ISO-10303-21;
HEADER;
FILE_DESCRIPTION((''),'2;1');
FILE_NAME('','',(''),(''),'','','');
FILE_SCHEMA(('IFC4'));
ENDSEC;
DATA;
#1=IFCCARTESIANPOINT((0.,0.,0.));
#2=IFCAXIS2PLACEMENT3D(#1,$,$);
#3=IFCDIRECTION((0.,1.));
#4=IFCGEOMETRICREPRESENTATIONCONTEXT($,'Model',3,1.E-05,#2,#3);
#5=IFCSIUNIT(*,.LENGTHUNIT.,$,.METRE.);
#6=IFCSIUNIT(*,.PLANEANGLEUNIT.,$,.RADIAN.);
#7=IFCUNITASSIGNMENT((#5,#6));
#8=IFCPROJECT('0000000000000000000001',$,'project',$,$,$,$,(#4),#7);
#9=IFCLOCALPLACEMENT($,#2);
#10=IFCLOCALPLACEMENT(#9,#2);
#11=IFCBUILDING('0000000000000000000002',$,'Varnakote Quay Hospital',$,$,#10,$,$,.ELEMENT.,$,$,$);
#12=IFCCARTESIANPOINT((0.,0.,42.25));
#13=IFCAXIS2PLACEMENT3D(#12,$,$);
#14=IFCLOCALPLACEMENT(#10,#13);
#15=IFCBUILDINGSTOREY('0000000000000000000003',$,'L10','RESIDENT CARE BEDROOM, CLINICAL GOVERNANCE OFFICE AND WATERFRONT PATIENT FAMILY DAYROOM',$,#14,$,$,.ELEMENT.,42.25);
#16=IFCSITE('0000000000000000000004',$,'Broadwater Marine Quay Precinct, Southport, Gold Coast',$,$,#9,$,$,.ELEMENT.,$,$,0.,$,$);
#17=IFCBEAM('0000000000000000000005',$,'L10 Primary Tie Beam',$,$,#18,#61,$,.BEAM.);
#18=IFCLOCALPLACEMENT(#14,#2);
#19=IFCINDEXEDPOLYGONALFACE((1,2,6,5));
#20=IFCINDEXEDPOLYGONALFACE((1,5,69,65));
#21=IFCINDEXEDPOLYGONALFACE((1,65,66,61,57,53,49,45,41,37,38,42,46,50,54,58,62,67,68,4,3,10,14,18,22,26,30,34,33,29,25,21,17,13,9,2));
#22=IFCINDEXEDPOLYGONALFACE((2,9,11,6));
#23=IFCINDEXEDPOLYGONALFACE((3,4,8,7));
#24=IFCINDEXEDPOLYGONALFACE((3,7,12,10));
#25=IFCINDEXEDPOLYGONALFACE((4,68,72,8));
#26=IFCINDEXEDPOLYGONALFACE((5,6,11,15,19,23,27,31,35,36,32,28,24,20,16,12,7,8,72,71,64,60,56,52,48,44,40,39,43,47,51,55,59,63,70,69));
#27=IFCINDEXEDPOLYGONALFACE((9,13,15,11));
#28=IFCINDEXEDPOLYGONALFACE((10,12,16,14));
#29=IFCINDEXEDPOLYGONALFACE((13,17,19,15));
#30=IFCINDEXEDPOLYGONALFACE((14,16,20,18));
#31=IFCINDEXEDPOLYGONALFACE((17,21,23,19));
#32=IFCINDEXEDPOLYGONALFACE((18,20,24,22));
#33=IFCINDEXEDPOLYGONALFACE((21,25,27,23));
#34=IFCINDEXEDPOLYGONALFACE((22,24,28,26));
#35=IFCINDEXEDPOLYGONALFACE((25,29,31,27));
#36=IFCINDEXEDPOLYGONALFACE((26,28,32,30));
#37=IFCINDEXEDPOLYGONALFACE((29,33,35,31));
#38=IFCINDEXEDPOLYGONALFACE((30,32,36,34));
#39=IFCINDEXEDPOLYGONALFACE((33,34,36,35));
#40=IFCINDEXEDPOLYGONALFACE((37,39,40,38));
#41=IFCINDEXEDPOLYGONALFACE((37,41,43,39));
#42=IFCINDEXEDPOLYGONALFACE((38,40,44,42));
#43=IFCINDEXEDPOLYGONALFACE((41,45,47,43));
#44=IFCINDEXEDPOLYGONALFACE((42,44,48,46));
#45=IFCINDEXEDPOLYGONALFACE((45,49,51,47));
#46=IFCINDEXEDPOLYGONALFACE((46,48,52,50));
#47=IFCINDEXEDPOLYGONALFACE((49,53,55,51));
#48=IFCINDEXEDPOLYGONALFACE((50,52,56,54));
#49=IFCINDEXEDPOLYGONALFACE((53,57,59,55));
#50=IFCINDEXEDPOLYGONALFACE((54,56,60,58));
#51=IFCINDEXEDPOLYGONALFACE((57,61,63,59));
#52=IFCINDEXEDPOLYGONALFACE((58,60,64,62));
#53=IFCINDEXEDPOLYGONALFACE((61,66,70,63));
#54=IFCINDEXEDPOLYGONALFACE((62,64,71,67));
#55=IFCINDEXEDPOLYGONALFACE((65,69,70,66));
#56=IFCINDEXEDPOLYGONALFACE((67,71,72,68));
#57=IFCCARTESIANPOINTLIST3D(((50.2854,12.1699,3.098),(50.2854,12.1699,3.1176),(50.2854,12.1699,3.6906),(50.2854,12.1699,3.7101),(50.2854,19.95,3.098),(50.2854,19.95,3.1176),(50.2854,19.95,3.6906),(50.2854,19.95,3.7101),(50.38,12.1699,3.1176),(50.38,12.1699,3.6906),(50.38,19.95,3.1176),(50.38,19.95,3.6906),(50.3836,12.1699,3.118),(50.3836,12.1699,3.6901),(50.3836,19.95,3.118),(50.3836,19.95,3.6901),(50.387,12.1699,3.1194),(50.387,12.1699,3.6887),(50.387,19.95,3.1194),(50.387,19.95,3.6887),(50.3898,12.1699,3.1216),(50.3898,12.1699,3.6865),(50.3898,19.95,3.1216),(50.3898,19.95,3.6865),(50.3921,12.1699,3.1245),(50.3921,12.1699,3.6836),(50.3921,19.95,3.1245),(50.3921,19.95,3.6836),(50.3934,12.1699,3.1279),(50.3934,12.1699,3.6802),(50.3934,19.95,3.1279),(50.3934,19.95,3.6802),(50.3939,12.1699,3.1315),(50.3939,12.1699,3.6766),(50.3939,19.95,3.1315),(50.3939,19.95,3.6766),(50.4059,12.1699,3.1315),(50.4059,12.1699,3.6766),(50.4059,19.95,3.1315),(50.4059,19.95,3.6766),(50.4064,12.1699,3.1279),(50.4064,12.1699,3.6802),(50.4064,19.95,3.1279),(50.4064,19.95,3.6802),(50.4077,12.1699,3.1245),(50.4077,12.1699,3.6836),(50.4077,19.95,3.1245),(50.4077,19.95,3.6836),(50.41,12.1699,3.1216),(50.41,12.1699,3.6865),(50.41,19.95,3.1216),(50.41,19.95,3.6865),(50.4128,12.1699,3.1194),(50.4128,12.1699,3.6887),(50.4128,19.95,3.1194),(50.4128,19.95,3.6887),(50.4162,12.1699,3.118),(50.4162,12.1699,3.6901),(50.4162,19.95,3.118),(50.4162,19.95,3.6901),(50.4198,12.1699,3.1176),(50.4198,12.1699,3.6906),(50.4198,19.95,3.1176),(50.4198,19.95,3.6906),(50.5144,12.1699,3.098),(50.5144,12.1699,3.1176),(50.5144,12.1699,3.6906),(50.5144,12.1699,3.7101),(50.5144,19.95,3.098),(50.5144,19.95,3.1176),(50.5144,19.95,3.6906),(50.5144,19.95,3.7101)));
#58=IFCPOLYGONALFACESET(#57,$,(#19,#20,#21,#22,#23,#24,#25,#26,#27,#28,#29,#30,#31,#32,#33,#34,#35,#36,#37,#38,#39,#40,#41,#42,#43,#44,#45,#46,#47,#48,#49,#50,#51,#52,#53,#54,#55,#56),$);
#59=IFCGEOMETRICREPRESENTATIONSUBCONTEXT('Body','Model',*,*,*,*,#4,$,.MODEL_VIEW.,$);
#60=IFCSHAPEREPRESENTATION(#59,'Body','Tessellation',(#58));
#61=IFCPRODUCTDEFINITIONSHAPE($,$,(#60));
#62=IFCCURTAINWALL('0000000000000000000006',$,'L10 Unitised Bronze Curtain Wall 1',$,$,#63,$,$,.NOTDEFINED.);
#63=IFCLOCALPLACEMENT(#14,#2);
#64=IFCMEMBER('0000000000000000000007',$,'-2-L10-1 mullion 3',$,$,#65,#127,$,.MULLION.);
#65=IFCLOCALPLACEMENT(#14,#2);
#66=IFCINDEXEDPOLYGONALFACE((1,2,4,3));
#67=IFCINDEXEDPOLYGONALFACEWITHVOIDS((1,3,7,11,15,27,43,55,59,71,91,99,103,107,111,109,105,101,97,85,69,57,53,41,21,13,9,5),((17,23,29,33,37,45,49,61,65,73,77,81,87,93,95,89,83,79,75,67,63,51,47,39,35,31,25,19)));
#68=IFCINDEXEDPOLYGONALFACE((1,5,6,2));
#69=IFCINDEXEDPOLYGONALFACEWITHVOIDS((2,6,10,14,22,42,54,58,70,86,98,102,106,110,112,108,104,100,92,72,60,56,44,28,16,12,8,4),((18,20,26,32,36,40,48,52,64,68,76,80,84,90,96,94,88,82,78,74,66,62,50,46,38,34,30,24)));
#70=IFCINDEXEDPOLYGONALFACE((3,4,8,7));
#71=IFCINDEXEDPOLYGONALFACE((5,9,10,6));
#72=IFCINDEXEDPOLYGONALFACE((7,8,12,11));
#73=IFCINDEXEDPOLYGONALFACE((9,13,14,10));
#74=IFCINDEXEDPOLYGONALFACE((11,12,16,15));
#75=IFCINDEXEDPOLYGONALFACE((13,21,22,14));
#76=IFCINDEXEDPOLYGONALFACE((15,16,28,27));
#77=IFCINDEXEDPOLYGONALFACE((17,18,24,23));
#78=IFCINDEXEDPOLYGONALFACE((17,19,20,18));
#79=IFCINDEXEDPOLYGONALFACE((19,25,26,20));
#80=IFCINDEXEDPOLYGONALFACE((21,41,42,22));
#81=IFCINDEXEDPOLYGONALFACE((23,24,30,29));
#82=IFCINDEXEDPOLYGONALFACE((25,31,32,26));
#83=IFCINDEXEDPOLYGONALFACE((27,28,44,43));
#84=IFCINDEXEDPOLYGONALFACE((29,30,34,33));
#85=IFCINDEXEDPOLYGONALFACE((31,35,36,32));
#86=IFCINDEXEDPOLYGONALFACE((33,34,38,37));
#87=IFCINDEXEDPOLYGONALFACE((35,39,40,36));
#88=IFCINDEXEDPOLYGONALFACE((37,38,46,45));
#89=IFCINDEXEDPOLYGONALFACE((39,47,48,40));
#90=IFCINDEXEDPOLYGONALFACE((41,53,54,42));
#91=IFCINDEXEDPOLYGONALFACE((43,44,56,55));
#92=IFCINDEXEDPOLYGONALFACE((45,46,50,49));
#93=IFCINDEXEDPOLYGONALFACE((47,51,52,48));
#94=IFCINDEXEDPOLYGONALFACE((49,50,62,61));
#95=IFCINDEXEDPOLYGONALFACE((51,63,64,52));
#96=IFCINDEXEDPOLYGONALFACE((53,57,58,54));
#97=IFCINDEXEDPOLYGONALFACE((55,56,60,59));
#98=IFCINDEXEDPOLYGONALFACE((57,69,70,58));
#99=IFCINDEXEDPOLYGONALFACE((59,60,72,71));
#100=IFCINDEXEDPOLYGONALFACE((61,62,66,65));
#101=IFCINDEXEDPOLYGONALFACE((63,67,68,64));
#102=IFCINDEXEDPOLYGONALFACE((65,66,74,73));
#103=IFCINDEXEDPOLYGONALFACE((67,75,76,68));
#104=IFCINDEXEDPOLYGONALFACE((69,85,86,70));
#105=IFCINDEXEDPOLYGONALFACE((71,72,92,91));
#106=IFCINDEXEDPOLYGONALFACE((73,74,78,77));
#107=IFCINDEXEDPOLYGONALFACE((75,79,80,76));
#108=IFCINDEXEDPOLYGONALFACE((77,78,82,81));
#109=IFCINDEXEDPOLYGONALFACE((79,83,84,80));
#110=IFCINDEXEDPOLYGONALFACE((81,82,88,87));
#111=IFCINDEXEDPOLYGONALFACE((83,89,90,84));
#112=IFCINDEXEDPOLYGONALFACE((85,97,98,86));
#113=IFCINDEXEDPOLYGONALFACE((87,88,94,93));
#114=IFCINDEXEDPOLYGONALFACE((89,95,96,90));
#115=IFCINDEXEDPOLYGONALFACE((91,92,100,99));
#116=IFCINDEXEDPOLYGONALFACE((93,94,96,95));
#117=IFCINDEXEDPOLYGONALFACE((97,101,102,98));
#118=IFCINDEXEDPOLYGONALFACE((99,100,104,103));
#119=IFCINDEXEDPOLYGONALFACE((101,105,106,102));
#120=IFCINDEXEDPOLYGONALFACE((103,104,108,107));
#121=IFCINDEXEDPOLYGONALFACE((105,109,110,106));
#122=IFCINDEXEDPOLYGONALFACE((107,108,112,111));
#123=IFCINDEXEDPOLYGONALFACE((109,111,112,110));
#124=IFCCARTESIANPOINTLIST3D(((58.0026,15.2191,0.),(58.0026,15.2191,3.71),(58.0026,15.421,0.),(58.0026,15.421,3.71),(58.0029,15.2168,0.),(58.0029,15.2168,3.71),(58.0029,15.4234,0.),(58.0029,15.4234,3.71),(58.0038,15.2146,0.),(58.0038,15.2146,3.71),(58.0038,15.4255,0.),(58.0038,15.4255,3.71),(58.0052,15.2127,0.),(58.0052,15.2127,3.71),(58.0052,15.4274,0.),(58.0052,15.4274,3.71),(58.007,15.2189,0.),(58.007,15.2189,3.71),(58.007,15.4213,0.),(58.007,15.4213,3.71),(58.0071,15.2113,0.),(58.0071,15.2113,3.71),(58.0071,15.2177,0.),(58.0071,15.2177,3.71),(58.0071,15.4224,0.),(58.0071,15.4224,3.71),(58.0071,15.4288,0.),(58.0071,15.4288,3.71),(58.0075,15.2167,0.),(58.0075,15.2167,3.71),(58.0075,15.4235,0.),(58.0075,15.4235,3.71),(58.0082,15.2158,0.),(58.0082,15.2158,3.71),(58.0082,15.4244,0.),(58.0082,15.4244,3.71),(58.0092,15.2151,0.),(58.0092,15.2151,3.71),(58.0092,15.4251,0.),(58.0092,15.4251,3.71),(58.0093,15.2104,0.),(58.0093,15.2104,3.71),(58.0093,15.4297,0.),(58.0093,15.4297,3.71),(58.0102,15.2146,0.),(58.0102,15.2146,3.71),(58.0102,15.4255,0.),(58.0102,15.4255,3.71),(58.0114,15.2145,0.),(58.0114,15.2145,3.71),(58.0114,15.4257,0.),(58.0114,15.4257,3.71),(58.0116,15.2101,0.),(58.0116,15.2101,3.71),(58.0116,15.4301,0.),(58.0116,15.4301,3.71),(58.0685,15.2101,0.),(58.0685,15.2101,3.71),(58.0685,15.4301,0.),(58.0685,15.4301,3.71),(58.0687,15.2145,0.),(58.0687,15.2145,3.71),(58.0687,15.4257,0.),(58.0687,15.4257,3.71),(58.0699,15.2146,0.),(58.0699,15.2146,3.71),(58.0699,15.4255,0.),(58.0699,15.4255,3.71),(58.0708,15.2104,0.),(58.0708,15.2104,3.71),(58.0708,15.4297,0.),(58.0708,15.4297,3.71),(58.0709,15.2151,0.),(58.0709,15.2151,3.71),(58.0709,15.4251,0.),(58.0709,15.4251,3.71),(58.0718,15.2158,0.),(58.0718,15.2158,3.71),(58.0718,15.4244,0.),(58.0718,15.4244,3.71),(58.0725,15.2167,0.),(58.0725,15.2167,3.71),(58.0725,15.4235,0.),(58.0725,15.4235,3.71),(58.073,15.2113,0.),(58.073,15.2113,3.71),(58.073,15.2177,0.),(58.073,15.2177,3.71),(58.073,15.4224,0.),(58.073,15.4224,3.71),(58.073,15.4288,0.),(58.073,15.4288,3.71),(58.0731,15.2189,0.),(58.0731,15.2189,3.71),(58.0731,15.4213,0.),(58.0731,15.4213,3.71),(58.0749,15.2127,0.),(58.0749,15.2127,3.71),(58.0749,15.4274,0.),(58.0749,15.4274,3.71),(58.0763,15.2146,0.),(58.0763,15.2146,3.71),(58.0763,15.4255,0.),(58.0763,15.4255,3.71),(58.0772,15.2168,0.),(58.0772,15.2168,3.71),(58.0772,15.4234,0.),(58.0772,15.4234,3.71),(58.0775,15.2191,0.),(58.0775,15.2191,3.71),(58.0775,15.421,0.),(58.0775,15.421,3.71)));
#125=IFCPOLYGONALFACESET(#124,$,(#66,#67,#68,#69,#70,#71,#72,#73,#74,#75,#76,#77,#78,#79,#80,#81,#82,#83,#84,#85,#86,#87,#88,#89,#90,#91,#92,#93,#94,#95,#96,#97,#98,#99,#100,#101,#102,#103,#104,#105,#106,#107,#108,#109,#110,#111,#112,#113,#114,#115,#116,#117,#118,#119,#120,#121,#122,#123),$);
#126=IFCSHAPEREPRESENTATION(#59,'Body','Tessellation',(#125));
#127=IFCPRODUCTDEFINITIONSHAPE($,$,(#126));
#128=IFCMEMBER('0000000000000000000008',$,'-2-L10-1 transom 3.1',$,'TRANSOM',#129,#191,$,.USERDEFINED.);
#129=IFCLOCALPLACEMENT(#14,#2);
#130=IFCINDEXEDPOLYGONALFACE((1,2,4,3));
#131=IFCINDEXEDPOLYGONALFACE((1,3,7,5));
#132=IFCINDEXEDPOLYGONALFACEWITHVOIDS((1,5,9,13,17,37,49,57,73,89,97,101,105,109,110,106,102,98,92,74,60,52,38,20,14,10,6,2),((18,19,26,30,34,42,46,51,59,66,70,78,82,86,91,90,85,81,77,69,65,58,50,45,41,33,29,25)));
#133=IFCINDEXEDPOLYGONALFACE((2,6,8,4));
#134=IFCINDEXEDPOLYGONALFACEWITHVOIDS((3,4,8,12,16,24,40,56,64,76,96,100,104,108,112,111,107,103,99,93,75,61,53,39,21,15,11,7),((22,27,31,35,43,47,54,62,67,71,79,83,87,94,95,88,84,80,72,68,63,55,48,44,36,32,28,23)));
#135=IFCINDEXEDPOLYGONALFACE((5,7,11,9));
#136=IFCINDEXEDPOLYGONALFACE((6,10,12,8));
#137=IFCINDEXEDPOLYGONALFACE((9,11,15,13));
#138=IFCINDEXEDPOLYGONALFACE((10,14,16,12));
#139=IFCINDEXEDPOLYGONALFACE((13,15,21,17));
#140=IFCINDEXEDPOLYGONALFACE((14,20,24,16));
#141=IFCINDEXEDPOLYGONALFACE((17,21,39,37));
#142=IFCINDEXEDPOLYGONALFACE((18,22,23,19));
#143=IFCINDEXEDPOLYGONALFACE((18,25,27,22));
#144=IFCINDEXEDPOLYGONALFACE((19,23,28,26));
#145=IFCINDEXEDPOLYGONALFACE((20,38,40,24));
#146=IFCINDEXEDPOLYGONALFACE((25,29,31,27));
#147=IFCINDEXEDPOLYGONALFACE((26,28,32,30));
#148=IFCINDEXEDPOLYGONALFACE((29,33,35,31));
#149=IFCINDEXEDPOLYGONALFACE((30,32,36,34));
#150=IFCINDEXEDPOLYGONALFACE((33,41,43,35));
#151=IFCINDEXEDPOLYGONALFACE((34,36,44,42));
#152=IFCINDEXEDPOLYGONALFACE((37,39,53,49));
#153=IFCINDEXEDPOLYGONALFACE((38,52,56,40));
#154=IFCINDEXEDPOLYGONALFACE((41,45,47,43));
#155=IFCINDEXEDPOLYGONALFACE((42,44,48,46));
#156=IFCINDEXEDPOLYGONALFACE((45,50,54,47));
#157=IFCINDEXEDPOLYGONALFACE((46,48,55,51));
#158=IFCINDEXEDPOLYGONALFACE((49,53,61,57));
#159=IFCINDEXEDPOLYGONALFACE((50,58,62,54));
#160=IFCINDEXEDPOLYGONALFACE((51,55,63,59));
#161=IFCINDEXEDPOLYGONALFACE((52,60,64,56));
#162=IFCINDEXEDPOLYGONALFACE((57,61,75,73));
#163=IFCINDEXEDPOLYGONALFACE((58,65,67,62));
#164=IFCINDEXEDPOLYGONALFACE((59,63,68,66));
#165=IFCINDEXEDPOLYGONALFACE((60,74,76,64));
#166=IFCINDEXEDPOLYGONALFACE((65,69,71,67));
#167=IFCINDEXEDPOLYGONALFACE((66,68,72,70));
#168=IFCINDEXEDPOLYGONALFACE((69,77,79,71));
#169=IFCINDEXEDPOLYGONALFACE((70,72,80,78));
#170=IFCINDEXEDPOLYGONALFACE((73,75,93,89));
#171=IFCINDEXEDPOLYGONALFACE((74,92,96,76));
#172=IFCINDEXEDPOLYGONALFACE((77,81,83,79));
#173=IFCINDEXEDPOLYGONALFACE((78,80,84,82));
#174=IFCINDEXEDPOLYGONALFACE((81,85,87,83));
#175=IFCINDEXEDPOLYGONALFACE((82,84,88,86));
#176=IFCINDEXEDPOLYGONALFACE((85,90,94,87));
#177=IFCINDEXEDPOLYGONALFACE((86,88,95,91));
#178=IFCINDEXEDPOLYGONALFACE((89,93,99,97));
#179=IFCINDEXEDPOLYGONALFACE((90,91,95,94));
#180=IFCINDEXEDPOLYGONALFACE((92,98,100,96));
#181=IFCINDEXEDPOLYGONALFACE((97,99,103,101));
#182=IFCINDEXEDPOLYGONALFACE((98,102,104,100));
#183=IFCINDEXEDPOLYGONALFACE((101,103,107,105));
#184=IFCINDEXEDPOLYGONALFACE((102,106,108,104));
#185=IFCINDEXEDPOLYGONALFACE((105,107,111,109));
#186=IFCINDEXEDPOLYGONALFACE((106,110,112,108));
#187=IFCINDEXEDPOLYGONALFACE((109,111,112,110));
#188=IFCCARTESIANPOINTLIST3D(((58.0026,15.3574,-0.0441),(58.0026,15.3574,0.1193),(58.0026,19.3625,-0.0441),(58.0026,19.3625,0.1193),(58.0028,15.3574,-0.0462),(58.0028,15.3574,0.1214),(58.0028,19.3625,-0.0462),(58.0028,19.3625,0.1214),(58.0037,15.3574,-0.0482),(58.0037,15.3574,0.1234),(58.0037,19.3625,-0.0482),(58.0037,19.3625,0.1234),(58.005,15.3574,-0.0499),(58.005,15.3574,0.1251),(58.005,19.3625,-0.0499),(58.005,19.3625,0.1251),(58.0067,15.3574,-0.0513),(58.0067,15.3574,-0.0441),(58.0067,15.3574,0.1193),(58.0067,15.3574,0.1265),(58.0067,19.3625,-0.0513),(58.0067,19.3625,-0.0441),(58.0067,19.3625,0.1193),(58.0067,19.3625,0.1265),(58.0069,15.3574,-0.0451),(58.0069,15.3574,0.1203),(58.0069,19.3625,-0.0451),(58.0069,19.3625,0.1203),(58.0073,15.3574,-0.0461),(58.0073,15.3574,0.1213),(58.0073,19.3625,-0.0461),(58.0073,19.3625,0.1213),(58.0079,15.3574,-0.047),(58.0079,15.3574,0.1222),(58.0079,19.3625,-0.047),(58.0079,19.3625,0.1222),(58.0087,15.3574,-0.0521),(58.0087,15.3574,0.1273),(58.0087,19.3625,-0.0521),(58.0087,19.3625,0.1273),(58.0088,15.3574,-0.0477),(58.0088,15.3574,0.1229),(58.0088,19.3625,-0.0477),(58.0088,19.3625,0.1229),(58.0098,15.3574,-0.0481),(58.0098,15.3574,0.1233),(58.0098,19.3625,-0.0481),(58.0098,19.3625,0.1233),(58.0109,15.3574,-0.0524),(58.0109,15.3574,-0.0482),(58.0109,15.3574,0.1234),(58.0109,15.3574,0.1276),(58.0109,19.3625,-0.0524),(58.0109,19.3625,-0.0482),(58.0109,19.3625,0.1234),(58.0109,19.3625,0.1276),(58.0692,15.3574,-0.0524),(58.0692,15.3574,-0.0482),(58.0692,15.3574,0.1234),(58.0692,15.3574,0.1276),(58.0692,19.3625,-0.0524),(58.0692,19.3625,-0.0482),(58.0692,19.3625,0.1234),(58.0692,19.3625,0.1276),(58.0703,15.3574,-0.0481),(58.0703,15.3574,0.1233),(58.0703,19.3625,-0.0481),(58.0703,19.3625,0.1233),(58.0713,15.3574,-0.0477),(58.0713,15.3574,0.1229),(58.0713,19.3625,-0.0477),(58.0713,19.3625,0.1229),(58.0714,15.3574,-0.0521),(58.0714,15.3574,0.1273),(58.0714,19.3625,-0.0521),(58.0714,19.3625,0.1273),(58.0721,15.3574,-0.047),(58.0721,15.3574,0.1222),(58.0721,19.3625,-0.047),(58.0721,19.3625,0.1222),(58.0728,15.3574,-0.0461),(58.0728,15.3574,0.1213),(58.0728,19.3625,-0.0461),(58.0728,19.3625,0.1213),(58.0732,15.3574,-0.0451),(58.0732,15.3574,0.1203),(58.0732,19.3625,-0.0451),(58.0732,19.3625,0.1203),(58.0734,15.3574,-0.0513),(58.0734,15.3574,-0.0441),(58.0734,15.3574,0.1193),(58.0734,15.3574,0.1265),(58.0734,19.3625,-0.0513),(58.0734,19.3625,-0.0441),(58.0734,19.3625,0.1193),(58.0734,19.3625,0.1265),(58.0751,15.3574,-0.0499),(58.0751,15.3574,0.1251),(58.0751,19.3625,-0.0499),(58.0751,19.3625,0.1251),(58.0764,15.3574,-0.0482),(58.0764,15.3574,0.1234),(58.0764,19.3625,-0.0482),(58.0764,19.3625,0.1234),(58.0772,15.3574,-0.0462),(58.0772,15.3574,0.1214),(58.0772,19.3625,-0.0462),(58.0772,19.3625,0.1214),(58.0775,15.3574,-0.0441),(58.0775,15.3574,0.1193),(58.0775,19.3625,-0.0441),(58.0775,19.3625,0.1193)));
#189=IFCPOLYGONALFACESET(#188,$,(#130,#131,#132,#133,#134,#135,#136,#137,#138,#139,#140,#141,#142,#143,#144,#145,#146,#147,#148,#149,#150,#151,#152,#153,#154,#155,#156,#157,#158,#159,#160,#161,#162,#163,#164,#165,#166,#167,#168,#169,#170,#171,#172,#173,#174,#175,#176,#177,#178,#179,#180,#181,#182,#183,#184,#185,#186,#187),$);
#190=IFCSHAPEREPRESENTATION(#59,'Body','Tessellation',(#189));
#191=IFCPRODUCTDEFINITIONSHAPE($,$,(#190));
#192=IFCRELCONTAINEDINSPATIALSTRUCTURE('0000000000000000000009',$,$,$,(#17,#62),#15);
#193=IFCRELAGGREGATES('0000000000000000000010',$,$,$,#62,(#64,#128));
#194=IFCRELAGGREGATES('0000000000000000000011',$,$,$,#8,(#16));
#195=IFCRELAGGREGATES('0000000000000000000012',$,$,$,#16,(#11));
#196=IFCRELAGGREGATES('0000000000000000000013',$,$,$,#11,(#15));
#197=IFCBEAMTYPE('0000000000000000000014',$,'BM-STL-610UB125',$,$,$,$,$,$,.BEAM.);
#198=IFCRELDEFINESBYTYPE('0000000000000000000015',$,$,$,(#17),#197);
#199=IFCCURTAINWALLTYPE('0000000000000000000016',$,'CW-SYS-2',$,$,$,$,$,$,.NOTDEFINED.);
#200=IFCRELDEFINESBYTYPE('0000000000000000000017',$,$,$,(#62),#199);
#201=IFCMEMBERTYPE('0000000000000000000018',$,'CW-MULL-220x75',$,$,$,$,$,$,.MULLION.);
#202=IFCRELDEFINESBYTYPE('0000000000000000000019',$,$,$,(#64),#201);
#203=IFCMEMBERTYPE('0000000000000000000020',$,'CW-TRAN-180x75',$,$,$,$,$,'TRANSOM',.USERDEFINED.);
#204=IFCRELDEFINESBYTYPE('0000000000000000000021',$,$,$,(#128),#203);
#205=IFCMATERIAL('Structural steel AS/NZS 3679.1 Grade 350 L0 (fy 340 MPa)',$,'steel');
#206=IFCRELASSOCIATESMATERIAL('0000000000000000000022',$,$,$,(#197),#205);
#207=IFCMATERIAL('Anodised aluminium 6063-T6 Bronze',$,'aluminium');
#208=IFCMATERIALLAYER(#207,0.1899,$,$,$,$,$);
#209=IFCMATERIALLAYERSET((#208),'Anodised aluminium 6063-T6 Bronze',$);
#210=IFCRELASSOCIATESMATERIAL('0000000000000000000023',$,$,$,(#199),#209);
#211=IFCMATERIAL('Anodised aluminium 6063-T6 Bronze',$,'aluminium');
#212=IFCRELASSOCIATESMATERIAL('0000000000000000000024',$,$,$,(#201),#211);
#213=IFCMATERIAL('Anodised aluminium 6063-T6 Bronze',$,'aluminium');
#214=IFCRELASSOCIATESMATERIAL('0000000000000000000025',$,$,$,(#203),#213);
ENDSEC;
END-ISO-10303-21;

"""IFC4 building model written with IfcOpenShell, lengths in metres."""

from ifc_helpers import new_model, si_unit, direction, frame, origin, origin_2d, place, context, subcontext, project, spatial, hollow_rectangle, i_section, extrude, material, layer, layer_set, material_profile, profile_set, type_object, element, aggregate, save


model = new_model("IFC4")

# Units and contexts
model_context = context("Model", 3, precision=1e-05, world=origin(), true_north=direction((0.0, 1.0)))
body_context = subcontext(model_context, "Body", "Model", "MODEL_VIEW")
ifc_project = project(units=[si_unit("LENGTHUNIT", "METRE"), si_unit("PLANEANGLEUNIT", "RADIAN")], contexts=[model_context])

# Site, building, storey
site_placement = place(None, origin())
site = spatial("IfcSite", under=ifc_project, at=site_placement, Name="Broadwater Marine Quay Precinct, Southport, Gold Coast", CompositionType="ELEMENT", RefElevation=0.0)
building_placement = place(site_placement, origin())
building = spatial("IfcBuilding", under=site, at=building_placement, Name="Varnakote Quay Hospital", CompositionType="ELEMENT")
storey_placement = place(building_placement, frame((0.0, 0.0, 42.25)))
storey = spatial("IfcBuildingStorey", under=building, at=storey_placement, Name="L10", Description="RESIDENT CARE BEDROOM, CLINICAL GOVERNANCE OFFICE AND WATERFRONT PATIENT FAMILY DAYROOM", CompositionType="ELEMENT", Elevation=42.25)

# Beam
ifc_material_1 = material(Name="Structural steel AS/NZS 3679.1 Grade 350 L0 (fy 340 MPa)", Category="steel")
ifc_material_profile_1 = material_profile(ifc_material_1, i_section(OverallWidth=0.229, OverallDepth=0.6121, WebThickness=0.012, FlangeThickness=0.0195, FilletRadius=0.0139, at=origin_2d()), Name="610UB125")
ifc_profile_set_1 = profile_set([ifc_material_profile_1], Name="Structural steel AS/NZS 3679.1 Grade 350 L0 (fy 340 MPa)")
beam_type = type_object("IfcBeamType", Name="BM-STL-610UB125", PredefinedType="BEAM", material=ifc_profile_set_1)
beam_placement = place(storey_placement, frame((50.3999, 12.1699, 3.4041), z_axis=(0.0, 1.0, 0.0), x_axis=(-1.0, 0.0, 0.0)))
element("IfcBeam", 1, at=beam_placement, inside=storey, type_object=beam_type, Name="L10 Primary Tie Beam", PredefinedType="BEAM", context=body_context, shape_type="SweptSolid", body=[
    extrude(i_section(OverallWidth=0.229, OverallDepth=0.6121, WebThickness=0.012, FlangeThickness=0.0195, FilletRadius=0.0139, at=origin_2d()), origin(), (0.0, 0.0, 1.0), 7.78),
])

# Curtain wall, members
ifc_material_2 = material(Name="Anodised aluminium 6063-T6 Bronze", Category="aluminium")
ifc_layer_1 = layer(ifc_material_2, 0.1899)
ifc_layer_set_1 = layer_set([ifc_layer_1], Name="Anodised aluminium 6063-T6 Bronze")
curtain_wall_type = type_object("IfcCurtainWallType", Name="CW-SYS-2", PredefinedType="NOTDEFINED", material=ifc_layer_set_1)
curtain_wall_placement = place(storey_placement, origin())
curtain_wall = element("IfcCurtainWall", 2, at=curtain_wall_placement, inside=storey, type_object=curtain_wall_type, Name="L10 Unitised Bronze Curtain Wall 1", PredefinedType="NOTDEFINED")
ifc_material_3 = material(Name="Anodised aluminium 6063-T6 Bronze", Category="aluminium")
ifc_material_profile_2 = material_profile(ifc_material_3, hollow_rectangle(XDim=0.075, YDim=0.22, WallThickness=0.0044, InnerFilletRadius=0.0044, OuterFilletRadius=0.009, at=origin_2d()), Name="CW-MULL-220x75")
ifc_profile_set_2 = profile_set([ifc_material_profile_2], Name="Anodised aluminium 6063-T6 Bronze")
member_type_1 = type_object("IfcMemberType", Name="CW-MULL-220x75", PredefinedType="MULLION", material=ifc_profile_set_2)
member_1_placement = place(storey_placement, frame((58.04, 15.3201, 0.0), z_axis=(0.0, 0.0, 1.0), x_axis=(-1.0, 0.0, 0.0)))
member_1 = element("IfcMember", 3, at=member_1_placement, type_object=member_type_1, Name="-2-L10-1 mullion 3", PredefinedType="MULLION", context=body_context, shape_type="SweptSolid", body=[
    extrude(hollow_rectangle(XDim=0.075, YDim=0.22, WallThickness=0.0044, InnerFilletRadius=0.0044, OuterFilletRadius=0.009, at=origin_2d()), origin(), (0.0, 0.0, 1.0), 3.71),
])
ifc_material_4 = material(Name="Anodised aluminium 6063-T6 Bronze", Category="aluminium")
ifc_material_profile_3 = material_profile(ifc_material_4, hollow_rectangle(XDim=0.075, YDim=0.1799, WallThickness=0.0042, InnerFilletRadius=0.0042, OuterFilletRadius=0.0083, at=origin_2d()), Name="CW-TRAN-180x75")
ifc_profile_set_3 = profile_set([ifc_material_profile_3], Name="Anodised aluminium 6063-T6 Bronze")
member_type_2 = type_object("IfcMemberType", Name="CW-TRAN-180x75", ElementType="TRANSOM", PredefinedType="USERDEFINED", material=ifc_profile_set_3)
member_2_placement = place(storey_placement, frame((58.04, 15.3574, 0.0376), z_axis=(0.0, 1.0, 0.0), x_axis=(-1.0, 0.0, 0.0)))
member_2 = element("IfcMember", 4, at=member_2_placement, type_object=member_type_2, Name="-2-L10-1 transom 3.1", ObjectType="TRANSOM", PredefinedType="USERDEFINED", context=body_context, shape_type="SweptSolid", body=[
    extrude(hollow_rectangle(XDim=0.075, YDim=0.1799, WallThickness=0.0042, InnerFilletRadius=0.0042, OuterFilletRadius=0.0083, at=origin_2d()), origin(), (0.0, 0.0, 1.0), 4.0051),
])
aggregate(curtain_wall, [member_1, member_2])

save(model, "model.ifc")
